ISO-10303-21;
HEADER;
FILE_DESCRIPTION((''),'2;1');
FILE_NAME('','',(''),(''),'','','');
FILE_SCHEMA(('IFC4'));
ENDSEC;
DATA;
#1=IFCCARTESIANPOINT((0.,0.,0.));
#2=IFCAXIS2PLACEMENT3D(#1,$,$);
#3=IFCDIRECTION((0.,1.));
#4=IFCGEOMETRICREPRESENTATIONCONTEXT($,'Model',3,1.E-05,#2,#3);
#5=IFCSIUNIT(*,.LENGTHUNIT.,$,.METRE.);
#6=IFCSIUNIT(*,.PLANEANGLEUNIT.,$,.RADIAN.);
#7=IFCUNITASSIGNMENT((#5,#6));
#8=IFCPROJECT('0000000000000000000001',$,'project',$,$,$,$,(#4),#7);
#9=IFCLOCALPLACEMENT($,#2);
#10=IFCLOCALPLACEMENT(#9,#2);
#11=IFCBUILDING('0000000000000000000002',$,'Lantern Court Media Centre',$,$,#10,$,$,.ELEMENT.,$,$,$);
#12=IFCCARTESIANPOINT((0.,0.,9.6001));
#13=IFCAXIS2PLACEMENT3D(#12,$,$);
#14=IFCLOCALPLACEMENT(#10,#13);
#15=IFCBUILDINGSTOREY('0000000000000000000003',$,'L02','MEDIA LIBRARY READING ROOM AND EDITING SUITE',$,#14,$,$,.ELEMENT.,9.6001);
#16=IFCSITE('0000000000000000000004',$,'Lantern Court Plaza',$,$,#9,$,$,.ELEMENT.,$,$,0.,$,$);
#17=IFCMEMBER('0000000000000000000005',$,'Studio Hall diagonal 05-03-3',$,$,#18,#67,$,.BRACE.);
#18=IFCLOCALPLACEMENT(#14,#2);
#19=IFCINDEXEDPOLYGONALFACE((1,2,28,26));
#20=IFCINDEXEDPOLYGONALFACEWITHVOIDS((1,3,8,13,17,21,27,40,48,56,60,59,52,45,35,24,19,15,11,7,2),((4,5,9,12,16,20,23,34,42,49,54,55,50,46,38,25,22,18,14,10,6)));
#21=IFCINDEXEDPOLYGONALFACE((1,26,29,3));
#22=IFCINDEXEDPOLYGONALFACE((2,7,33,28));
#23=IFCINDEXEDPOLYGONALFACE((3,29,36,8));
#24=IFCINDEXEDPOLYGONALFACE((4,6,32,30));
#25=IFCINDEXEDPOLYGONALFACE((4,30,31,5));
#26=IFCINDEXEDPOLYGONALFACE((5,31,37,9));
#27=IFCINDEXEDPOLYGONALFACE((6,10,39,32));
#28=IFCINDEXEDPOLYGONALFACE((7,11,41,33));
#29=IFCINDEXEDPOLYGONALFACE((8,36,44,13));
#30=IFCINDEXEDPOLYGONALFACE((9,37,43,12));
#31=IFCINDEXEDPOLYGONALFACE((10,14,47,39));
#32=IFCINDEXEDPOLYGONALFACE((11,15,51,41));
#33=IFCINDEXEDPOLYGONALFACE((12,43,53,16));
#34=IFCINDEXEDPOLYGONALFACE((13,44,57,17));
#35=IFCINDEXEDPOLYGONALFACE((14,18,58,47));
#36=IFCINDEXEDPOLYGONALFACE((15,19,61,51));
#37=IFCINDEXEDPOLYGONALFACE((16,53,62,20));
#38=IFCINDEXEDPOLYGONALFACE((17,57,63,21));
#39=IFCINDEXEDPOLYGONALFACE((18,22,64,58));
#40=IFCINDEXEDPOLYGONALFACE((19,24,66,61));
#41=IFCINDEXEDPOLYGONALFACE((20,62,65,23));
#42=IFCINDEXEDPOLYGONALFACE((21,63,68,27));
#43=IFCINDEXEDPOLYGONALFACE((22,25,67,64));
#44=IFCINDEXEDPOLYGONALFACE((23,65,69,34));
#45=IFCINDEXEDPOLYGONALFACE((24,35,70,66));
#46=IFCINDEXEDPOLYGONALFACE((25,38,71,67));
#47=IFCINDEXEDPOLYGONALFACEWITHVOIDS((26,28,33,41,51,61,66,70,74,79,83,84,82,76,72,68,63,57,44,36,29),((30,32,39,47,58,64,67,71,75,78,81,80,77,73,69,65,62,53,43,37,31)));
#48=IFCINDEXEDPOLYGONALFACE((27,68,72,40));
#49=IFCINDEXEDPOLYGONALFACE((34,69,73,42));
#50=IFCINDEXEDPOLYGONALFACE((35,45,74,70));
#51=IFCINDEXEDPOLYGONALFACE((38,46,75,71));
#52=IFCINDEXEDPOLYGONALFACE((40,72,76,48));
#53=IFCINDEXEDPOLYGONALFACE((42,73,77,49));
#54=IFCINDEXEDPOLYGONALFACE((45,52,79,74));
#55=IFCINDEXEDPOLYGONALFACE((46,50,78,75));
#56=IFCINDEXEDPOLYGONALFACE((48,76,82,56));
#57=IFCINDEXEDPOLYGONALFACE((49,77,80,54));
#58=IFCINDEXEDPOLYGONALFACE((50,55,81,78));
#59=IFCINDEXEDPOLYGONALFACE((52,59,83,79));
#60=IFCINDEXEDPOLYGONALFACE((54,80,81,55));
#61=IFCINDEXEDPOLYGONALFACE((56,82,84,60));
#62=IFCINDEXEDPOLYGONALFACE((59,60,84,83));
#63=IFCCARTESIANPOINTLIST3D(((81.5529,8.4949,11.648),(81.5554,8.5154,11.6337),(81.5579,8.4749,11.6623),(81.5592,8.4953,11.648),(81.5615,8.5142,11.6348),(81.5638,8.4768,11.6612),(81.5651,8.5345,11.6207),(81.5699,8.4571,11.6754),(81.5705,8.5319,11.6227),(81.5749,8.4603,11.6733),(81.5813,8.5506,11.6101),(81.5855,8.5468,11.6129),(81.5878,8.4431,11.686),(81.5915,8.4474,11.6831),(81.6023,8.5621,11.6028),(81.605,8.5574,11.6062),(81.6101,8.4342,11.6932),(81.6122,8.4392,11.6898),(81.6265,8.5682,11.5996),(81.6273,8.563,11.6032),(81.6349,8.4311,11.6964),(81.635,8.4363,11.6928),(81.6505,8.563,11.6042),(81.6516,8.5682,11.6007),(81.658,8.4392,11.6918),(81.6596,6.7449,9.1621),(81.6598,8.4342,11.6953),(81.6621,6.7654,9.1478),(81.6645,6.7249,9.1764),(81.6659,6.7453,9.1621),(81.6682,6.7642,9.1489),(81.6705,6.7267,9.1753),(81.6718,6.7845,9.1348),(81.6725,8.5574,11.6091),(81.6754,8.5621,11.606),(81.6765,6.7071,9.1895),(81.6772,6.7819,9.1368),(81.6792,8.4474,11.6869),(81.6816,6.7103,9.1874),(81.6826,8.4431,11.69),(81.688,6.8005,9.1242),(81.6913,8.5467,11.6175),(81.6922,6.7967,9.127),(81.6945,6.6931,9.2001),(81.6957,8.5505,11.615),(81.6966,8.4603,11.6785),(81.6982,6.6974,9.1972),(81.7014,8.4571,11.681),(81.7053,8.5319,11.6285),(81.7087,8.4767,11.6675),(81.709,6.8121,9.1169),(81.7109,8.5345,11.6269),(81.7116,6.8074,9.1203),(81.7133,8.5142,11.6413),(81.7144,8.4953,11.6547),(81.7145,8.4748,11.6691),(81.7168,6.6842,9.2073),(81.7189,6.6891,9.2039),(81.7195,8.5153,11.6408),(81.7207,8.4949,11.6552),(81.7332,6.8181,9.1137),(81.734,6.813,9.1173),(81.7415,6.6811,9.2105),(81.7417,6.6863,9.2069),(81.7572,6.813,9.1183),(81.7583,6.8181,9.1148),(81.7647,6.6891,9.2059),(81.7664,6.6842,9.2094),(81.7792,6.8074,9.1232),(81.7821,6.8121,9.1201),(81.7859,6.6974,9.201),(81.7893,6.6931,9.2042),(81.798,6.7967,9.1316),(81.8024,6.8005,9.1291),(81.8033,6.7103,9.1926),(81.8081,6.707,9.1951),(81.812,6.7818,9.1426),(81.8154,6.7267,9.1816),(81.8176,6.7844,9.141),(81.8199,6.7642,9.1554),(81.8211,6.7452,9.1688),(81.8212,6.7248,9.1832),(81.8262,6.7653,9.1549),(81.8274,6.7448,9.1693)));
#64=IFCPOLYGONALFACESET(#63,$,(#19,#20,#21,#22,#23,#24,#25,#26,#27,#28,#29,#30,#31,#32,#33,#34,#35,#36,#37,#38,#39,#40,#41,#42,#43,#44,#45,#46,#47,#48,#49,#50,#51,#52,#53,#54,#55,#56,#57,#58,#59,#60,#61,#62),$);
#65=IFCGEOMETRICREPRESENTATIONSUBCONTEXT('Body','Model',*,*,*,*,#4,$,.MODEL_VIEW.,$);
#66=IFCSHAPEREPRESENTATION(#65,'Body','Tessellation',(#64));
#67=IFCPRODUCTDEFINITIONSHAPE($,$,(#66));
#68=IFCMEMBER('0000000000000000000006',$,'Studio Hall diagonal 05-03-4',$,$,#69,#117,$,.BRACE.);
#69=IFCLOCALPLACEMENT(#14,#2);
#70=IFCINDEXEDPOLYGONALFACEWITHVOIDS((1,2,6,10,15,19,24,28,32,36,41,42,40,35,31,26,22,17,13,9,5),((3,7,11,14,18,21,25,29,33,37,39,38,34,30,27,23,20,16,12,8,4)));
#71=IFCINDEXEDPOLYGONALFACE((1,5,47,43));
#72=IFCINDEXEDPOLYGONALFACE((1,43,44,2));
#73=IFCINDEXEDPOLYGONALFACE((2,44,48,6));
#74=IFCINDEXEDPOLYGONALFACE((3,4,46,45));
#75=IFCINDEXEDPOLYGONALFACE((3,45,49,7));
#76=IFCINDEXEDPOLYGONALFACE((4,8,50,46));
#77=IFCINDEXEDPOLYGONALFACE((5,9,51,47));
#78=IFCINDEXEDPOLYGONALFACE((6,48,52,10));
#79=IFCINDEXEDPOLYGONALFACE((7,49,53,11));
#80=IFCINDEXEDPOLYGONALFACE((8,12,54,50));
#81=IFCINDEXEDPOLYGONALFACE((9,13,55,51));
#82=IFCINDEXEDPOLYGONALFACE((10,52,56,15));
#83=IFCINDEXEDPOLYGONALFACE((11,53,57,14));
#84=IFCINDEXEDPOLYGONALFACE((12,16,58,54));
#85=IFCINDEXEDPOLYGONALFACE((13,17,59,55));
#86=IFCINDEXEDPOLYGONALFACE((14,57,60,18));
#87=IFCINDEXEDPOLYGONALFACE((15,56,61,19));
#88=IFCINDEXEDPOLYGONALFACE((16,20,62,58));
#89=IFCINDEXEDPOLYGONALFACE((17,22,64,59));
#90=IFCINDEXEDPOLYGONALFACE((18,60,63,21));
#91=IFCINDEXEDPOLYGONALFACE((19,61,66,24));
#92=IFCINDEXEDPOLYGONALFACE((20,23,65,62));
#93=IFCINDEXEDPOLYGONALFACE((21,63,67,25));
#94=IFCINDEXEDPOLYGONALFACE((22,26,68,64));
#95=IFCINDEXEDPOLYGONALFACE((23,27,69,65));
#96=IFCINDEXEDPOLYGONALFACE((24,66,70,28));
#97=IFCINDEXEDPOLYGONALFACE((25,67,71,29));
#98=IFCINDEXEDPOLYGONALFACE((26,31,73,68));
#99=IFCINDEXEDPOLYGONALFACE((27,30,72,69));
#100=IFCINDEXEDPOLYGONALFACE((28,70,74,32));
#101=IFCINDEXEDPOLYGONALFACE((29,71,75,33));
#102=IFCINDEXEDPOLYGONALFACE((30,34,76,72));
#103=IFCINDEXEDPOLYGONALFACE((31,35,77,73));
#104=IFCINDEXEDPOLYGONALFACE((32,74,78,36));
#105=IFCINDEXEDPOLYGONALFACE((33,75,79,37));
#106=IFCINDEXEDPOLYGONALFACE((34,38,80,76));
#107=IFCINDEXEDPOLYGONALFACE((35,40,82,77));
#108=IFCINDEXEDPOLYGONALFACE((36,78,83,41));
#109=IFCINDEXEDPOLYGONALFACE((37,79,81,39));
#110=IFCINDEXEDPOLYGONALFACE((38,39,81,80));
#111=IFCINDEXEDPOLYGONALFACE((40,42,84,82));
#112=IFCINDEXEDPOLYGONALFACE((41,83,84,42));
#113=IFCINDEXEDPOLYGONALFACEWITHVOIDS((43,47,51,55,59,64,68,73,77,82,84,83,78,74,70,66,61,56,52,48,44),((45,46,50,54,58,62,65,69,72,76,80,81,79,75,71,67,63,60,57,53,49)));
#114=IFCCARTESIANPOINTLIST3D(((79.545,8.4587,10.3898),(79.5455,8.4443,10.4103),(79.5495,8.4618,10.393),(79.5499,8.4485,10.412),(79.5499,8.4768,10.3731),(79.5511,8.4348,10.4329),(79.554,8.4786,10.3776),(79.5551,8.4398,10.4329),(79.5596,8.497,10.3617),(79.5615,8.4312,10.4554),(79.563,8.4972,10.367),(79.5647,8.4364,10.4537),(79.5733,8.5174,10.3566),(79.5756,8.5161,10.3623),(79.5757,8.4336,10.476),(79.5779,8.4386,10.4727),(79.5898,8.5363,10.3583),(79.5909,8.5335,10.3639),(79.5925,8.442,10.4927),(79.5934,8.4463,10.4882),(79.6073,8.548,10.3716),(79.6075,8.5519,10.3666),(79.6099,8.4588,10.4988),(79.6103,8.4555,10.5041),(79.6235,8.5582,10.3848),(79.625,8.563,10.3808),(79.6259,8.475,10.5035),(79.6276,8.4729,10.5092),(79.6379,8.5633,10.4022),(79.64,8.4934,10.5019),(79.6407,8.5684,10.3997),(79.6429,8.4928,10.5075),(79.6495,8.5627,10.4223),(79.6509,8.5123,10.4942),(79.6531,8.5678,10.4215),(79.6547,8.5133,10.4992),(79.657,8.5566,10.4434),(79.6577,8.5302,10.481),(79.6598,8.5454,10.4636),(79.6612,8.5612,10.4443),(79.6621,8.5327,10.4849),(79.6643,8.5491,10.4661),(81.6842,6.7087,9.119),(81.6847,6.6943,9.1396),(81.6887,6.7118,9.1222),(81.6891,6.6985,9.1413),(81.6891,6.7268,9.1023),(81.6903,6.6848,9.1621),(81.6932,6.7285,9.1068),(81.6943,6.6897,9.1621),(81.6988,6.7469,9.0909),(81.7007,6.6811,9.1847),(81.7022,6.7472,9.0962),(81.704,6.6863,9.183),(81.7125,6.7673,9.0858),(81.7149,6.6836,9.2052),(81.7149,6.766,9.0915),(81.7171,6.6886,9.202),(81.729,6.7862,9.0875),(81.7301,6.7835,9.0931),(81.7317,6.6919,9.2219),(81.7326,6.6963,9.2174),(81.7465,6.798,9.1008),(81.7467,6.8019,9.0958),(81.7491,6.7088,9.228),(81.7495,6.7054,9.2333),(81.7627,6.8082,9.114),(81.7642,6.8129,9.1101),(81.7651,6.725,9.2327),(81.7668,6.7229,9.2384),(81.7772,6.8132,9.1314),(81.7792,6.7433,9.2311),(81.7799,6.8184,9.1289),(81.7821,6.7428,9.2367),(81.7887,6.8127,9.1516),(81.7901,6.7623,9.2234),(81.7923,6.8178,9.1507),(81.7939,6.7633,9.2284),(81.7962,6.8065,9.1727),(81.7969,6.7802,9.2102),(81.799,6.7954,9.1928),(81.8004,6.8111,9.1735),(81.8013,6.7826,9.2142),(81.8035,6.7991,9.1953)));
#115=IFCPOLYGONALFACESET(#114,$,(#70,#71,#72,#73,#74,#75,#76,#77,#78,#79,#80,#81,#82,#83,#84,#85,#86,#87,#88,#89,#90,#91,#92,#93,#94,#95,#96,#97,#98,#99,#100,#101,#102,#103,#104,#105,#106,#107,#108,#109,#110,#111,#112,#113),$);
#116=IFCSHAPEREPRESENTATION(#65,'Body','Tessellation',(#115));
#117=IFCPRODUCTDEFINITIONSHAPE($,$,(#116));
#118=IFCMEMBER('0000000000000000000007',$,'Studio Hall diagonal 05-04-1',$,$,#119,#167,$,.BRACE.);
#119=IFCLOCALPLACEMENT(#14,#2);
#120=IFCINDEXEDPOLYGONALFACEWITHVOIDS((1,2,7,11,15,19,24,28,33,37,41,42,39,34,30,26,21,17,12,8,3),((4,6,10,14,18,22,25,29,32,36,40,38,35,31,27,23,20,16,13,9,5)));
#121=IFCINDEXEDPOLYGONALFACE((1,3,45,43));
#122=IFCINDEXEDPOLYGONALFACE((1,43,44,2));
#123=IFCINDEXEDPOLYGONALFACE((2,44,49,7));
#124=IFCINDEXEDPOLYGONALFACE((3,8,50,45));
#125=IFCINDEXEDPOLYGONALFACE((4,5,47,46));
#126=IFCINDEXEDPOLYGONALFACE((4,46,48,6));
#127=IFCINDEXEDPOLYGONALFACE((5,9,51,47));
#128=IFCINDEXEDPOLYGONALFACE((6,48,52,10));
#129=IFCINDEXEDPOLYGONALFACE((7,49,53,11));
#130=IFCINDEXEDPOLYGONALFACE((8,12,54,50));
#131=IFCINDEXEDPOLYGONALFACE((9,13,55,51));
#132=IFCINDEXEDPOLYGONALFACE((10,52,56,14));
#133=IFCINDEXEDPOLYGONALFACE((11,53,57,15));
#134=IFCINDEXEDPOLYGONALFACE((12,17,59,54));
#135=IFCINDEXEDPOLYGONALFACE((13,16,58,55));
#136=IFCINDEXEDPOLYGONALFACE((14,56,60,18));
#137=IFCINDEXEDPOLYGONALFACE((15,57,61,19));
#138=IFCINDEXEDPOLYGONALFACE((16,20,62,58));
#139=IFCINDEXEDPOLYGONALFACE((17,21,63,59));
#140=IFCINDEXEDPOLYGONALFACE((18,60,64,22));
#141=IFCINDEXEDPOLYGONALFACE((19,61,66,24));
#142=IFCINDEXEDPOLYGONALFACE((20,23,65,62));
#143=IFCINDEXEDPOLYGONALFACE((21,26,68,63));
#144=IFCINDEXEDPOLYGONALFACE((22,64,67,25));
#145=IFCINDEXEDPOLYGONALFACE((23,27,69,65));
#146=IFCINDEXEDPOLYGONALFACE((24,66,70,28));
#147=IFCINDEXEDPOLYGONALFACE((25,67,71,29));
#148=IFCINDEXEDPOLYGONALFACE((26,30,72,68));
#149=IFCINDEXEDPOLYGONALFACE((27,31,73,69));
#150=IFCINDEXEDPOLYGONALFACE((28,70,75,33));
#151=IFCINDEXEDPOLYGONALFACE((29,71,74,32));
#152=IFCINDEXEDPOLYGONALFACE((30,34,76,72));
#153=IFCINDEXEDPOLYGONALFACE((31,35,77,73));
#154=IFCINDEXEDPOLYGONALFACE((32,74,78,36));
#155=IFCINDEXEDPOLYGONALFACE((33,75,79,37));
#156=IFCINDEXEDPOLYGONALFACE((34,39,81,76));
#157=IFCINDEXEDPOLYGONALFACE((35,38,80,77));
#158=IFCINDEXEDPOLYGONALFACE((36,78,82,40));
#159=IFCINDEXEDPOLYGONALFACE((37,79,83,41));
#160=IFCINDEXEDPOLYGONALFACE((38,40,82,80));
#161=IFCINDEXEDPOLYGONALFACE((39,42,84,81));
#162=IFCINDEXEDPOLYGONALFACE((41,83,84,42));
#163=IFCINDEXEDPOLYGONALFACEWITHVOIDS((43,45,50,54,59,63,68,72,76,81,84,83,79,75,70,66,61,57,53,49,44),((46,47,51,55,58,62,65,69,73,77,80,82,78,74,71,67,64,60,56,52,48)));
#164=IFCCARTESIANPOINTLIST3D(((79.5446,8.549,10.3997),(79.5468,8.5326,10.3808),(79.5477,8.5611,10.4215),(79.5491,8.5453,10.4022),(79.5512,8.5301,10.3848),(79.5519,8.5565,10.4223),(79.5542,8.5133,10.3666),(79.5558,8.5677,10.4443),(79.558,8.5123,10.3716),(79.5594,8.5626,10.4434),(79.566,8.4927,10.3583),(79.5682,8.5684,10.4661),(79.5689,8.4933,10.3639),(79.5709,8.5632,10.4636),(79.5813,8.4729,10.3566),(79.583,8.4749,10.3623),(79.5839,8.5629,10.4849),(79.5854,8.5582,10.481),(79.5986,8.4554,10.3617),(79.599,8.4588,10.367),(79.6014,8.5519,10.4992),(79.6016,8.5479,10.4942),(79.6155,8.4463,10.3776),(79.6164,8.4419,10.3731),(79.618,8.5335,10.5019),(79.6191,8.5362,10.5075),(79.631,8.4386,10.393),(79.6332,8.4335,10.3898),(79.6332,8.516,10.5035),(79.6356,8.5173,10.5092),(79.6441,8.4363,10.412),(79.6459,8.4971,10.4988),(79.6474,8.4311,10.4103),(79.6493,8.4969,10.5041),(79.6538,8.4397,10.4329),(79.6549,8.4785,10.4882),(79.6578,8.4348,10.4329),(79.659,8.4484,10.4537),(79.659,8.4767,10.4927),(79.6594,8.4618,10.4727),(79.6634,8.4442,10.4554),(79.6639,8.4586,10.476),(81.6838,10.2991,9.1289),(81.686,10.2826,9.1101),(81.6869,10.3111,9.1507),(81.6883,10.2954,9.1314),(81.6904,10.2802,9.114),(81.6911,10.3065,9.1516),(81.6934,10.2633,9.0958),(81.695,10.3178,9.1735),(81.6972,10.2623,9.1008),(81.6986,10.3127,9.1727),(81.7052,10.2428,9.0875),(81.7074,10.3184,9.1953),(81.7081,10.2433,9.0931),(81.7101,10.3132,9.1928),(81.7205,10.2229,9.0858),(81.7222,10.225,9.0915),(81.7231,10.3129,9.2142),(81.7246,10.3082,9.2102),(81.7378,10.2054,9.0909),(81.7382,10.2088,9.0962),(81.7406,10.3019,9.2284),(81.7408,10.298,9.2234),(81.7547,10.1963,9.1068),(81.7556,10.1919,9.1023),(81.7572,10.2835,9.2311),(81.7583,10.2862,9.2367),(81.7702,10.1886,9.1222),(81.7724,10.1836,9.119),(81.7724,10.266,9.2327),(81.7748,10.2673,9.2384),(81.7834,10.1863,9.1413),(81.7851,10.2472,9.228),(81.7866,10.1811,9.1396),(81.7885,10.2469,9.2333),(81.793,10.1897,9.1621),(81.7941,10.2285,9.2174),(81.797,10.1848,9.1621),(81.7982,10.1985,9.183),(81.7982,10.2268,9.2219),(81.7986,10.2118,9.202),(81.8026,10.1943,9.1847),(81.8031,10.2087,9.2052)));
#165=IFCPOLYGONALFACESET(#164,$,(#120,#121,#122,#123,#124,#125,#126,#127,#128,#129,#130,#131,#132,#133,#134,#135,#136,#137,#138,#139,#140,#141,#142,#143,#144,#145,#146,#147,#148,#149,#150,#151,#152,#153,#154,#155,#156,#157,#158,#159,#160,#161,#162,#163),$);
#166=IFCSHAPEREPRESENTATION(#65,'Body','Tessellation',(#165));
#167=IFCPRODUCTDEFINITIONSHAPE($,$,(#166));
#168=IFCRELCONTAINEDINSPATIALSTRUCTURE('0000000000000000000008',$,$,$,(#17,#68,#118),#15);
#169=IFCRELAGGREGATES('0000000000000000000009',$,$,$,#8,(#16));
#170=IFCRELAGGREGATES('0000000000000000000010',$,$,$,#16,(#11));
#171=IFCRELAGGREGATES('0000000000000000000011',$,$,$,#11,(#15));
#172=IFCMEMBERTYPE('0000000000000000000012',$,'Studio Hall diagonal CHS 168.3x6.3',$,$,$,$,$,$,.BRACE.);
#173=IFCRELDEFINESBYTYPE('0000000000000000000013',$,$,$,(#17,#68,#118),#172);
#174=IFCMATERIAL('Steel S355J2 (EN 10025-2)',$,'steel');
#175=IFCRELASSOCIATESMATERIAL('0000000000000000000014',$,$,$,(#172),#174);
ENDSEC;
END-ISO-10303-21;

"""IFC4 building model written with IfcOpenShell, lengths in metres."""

from ifc_helpers import new_model, si_unit, direction, frame, origin, origin_2d, place, context, subcontext, project, spatial, hollow_circle, extrude, material, material_profile, profile_set, type_object, element, save


model = new_model("IFC4")

# Units and contexts
model_context = context("Model", 3, precision=1e-05, world=origin(), true_north=direction((0.0, 1.0)))
body_context = subcontext(model_context, "Body", "Model", "MODEL_VIEW")
ifc_project = project(units=[si_unit("LENGTHUNIT", "METRE"), si_unit("PLANEANGLEUNIT", "RADIAN")], contexts=[model_context])

# Site, building, storey
site_placement = place(None, origin())
site = spatial("IfcSite", under=ifc_project, at=site_placement, Name="Lantern Court Plaza", CompositionType="ELEMENT", RefElevation=0.0)
building_placement = place(site_placement, origin())
building = spatial("IfcBuilding", under=site, at=building_placement, Name="Lantern Court Media Centre", CompositionType="ELEMENT")
storey_placement = place(building_placement, frame((0.0, 0.0, 9.6001)))
storey = spatial("IfcBuildingStorey", under=building, at=storey_placement, Name="L02", Description="MEDIA LIBRARY READING ROOM AND EDITING SUITE", CompositionType="ELEMENT", Elevation=9.6001)

# Members
ifc_material = material(Name="Steel S355J2 (EN 10025-2)", Category="steel")
ifc_material_profile_1 = material_profile(ifc_material, hollow_circle(Radius=0.0842, WallThickness=0.0063, at=origin_2d()), Name="Studio Hall diagonal CHS 168.3x6.3")
ifc_profile_set_1 = profile_set([ifc_material_profile_1], Name="Steel S355J2 (EN 10025-2)")
member_type_1 = type_object("IfcMemberType", Name="Studio Hall diagonal CHS 168.3x6.3", PredefinedType="BRACE", material=ifc_profile_set_1)
for number, where, z_axis, x_axis, name in (
    (1, (81.7437, 6.75, 9.1621), (-0.035073, 0.575294, 0.817194), (-0.998147, -0.060852, 0.0), "Studio Hall diagonal 05-03-3"),
    (2, (81.7437, 6.75, 9.1621), (-0.703225, 0.575293, 0.417746), (-0.63319, -0.773997, 0.0), "Studio Hall diagonal 05-03-4"),
    (3, (81.7437, 10.25, 9.1621), (-0.703225, -0.575293, 0.417746), (0.63319, -0.773997, 0.0), "Studio Hall diagonal 05-04-1"),
):
    element("IfcMember", number, at=place(storey_placement, frame(where, z_axis=z_axis, x_axis=x_axis)), inside=storey, type_object=member_type_1, Name=name, PredefinedType="BRACE", context=body_context, shape_type="SweptSolid", body=[
        extrude(hollow_circle(Radius=0.0842, WallThickness=0.0063, at=origin_2d()), origin(), (0.0, 0.0, 1.0), 3.042),
    ])

save(model, "model.ifc")
